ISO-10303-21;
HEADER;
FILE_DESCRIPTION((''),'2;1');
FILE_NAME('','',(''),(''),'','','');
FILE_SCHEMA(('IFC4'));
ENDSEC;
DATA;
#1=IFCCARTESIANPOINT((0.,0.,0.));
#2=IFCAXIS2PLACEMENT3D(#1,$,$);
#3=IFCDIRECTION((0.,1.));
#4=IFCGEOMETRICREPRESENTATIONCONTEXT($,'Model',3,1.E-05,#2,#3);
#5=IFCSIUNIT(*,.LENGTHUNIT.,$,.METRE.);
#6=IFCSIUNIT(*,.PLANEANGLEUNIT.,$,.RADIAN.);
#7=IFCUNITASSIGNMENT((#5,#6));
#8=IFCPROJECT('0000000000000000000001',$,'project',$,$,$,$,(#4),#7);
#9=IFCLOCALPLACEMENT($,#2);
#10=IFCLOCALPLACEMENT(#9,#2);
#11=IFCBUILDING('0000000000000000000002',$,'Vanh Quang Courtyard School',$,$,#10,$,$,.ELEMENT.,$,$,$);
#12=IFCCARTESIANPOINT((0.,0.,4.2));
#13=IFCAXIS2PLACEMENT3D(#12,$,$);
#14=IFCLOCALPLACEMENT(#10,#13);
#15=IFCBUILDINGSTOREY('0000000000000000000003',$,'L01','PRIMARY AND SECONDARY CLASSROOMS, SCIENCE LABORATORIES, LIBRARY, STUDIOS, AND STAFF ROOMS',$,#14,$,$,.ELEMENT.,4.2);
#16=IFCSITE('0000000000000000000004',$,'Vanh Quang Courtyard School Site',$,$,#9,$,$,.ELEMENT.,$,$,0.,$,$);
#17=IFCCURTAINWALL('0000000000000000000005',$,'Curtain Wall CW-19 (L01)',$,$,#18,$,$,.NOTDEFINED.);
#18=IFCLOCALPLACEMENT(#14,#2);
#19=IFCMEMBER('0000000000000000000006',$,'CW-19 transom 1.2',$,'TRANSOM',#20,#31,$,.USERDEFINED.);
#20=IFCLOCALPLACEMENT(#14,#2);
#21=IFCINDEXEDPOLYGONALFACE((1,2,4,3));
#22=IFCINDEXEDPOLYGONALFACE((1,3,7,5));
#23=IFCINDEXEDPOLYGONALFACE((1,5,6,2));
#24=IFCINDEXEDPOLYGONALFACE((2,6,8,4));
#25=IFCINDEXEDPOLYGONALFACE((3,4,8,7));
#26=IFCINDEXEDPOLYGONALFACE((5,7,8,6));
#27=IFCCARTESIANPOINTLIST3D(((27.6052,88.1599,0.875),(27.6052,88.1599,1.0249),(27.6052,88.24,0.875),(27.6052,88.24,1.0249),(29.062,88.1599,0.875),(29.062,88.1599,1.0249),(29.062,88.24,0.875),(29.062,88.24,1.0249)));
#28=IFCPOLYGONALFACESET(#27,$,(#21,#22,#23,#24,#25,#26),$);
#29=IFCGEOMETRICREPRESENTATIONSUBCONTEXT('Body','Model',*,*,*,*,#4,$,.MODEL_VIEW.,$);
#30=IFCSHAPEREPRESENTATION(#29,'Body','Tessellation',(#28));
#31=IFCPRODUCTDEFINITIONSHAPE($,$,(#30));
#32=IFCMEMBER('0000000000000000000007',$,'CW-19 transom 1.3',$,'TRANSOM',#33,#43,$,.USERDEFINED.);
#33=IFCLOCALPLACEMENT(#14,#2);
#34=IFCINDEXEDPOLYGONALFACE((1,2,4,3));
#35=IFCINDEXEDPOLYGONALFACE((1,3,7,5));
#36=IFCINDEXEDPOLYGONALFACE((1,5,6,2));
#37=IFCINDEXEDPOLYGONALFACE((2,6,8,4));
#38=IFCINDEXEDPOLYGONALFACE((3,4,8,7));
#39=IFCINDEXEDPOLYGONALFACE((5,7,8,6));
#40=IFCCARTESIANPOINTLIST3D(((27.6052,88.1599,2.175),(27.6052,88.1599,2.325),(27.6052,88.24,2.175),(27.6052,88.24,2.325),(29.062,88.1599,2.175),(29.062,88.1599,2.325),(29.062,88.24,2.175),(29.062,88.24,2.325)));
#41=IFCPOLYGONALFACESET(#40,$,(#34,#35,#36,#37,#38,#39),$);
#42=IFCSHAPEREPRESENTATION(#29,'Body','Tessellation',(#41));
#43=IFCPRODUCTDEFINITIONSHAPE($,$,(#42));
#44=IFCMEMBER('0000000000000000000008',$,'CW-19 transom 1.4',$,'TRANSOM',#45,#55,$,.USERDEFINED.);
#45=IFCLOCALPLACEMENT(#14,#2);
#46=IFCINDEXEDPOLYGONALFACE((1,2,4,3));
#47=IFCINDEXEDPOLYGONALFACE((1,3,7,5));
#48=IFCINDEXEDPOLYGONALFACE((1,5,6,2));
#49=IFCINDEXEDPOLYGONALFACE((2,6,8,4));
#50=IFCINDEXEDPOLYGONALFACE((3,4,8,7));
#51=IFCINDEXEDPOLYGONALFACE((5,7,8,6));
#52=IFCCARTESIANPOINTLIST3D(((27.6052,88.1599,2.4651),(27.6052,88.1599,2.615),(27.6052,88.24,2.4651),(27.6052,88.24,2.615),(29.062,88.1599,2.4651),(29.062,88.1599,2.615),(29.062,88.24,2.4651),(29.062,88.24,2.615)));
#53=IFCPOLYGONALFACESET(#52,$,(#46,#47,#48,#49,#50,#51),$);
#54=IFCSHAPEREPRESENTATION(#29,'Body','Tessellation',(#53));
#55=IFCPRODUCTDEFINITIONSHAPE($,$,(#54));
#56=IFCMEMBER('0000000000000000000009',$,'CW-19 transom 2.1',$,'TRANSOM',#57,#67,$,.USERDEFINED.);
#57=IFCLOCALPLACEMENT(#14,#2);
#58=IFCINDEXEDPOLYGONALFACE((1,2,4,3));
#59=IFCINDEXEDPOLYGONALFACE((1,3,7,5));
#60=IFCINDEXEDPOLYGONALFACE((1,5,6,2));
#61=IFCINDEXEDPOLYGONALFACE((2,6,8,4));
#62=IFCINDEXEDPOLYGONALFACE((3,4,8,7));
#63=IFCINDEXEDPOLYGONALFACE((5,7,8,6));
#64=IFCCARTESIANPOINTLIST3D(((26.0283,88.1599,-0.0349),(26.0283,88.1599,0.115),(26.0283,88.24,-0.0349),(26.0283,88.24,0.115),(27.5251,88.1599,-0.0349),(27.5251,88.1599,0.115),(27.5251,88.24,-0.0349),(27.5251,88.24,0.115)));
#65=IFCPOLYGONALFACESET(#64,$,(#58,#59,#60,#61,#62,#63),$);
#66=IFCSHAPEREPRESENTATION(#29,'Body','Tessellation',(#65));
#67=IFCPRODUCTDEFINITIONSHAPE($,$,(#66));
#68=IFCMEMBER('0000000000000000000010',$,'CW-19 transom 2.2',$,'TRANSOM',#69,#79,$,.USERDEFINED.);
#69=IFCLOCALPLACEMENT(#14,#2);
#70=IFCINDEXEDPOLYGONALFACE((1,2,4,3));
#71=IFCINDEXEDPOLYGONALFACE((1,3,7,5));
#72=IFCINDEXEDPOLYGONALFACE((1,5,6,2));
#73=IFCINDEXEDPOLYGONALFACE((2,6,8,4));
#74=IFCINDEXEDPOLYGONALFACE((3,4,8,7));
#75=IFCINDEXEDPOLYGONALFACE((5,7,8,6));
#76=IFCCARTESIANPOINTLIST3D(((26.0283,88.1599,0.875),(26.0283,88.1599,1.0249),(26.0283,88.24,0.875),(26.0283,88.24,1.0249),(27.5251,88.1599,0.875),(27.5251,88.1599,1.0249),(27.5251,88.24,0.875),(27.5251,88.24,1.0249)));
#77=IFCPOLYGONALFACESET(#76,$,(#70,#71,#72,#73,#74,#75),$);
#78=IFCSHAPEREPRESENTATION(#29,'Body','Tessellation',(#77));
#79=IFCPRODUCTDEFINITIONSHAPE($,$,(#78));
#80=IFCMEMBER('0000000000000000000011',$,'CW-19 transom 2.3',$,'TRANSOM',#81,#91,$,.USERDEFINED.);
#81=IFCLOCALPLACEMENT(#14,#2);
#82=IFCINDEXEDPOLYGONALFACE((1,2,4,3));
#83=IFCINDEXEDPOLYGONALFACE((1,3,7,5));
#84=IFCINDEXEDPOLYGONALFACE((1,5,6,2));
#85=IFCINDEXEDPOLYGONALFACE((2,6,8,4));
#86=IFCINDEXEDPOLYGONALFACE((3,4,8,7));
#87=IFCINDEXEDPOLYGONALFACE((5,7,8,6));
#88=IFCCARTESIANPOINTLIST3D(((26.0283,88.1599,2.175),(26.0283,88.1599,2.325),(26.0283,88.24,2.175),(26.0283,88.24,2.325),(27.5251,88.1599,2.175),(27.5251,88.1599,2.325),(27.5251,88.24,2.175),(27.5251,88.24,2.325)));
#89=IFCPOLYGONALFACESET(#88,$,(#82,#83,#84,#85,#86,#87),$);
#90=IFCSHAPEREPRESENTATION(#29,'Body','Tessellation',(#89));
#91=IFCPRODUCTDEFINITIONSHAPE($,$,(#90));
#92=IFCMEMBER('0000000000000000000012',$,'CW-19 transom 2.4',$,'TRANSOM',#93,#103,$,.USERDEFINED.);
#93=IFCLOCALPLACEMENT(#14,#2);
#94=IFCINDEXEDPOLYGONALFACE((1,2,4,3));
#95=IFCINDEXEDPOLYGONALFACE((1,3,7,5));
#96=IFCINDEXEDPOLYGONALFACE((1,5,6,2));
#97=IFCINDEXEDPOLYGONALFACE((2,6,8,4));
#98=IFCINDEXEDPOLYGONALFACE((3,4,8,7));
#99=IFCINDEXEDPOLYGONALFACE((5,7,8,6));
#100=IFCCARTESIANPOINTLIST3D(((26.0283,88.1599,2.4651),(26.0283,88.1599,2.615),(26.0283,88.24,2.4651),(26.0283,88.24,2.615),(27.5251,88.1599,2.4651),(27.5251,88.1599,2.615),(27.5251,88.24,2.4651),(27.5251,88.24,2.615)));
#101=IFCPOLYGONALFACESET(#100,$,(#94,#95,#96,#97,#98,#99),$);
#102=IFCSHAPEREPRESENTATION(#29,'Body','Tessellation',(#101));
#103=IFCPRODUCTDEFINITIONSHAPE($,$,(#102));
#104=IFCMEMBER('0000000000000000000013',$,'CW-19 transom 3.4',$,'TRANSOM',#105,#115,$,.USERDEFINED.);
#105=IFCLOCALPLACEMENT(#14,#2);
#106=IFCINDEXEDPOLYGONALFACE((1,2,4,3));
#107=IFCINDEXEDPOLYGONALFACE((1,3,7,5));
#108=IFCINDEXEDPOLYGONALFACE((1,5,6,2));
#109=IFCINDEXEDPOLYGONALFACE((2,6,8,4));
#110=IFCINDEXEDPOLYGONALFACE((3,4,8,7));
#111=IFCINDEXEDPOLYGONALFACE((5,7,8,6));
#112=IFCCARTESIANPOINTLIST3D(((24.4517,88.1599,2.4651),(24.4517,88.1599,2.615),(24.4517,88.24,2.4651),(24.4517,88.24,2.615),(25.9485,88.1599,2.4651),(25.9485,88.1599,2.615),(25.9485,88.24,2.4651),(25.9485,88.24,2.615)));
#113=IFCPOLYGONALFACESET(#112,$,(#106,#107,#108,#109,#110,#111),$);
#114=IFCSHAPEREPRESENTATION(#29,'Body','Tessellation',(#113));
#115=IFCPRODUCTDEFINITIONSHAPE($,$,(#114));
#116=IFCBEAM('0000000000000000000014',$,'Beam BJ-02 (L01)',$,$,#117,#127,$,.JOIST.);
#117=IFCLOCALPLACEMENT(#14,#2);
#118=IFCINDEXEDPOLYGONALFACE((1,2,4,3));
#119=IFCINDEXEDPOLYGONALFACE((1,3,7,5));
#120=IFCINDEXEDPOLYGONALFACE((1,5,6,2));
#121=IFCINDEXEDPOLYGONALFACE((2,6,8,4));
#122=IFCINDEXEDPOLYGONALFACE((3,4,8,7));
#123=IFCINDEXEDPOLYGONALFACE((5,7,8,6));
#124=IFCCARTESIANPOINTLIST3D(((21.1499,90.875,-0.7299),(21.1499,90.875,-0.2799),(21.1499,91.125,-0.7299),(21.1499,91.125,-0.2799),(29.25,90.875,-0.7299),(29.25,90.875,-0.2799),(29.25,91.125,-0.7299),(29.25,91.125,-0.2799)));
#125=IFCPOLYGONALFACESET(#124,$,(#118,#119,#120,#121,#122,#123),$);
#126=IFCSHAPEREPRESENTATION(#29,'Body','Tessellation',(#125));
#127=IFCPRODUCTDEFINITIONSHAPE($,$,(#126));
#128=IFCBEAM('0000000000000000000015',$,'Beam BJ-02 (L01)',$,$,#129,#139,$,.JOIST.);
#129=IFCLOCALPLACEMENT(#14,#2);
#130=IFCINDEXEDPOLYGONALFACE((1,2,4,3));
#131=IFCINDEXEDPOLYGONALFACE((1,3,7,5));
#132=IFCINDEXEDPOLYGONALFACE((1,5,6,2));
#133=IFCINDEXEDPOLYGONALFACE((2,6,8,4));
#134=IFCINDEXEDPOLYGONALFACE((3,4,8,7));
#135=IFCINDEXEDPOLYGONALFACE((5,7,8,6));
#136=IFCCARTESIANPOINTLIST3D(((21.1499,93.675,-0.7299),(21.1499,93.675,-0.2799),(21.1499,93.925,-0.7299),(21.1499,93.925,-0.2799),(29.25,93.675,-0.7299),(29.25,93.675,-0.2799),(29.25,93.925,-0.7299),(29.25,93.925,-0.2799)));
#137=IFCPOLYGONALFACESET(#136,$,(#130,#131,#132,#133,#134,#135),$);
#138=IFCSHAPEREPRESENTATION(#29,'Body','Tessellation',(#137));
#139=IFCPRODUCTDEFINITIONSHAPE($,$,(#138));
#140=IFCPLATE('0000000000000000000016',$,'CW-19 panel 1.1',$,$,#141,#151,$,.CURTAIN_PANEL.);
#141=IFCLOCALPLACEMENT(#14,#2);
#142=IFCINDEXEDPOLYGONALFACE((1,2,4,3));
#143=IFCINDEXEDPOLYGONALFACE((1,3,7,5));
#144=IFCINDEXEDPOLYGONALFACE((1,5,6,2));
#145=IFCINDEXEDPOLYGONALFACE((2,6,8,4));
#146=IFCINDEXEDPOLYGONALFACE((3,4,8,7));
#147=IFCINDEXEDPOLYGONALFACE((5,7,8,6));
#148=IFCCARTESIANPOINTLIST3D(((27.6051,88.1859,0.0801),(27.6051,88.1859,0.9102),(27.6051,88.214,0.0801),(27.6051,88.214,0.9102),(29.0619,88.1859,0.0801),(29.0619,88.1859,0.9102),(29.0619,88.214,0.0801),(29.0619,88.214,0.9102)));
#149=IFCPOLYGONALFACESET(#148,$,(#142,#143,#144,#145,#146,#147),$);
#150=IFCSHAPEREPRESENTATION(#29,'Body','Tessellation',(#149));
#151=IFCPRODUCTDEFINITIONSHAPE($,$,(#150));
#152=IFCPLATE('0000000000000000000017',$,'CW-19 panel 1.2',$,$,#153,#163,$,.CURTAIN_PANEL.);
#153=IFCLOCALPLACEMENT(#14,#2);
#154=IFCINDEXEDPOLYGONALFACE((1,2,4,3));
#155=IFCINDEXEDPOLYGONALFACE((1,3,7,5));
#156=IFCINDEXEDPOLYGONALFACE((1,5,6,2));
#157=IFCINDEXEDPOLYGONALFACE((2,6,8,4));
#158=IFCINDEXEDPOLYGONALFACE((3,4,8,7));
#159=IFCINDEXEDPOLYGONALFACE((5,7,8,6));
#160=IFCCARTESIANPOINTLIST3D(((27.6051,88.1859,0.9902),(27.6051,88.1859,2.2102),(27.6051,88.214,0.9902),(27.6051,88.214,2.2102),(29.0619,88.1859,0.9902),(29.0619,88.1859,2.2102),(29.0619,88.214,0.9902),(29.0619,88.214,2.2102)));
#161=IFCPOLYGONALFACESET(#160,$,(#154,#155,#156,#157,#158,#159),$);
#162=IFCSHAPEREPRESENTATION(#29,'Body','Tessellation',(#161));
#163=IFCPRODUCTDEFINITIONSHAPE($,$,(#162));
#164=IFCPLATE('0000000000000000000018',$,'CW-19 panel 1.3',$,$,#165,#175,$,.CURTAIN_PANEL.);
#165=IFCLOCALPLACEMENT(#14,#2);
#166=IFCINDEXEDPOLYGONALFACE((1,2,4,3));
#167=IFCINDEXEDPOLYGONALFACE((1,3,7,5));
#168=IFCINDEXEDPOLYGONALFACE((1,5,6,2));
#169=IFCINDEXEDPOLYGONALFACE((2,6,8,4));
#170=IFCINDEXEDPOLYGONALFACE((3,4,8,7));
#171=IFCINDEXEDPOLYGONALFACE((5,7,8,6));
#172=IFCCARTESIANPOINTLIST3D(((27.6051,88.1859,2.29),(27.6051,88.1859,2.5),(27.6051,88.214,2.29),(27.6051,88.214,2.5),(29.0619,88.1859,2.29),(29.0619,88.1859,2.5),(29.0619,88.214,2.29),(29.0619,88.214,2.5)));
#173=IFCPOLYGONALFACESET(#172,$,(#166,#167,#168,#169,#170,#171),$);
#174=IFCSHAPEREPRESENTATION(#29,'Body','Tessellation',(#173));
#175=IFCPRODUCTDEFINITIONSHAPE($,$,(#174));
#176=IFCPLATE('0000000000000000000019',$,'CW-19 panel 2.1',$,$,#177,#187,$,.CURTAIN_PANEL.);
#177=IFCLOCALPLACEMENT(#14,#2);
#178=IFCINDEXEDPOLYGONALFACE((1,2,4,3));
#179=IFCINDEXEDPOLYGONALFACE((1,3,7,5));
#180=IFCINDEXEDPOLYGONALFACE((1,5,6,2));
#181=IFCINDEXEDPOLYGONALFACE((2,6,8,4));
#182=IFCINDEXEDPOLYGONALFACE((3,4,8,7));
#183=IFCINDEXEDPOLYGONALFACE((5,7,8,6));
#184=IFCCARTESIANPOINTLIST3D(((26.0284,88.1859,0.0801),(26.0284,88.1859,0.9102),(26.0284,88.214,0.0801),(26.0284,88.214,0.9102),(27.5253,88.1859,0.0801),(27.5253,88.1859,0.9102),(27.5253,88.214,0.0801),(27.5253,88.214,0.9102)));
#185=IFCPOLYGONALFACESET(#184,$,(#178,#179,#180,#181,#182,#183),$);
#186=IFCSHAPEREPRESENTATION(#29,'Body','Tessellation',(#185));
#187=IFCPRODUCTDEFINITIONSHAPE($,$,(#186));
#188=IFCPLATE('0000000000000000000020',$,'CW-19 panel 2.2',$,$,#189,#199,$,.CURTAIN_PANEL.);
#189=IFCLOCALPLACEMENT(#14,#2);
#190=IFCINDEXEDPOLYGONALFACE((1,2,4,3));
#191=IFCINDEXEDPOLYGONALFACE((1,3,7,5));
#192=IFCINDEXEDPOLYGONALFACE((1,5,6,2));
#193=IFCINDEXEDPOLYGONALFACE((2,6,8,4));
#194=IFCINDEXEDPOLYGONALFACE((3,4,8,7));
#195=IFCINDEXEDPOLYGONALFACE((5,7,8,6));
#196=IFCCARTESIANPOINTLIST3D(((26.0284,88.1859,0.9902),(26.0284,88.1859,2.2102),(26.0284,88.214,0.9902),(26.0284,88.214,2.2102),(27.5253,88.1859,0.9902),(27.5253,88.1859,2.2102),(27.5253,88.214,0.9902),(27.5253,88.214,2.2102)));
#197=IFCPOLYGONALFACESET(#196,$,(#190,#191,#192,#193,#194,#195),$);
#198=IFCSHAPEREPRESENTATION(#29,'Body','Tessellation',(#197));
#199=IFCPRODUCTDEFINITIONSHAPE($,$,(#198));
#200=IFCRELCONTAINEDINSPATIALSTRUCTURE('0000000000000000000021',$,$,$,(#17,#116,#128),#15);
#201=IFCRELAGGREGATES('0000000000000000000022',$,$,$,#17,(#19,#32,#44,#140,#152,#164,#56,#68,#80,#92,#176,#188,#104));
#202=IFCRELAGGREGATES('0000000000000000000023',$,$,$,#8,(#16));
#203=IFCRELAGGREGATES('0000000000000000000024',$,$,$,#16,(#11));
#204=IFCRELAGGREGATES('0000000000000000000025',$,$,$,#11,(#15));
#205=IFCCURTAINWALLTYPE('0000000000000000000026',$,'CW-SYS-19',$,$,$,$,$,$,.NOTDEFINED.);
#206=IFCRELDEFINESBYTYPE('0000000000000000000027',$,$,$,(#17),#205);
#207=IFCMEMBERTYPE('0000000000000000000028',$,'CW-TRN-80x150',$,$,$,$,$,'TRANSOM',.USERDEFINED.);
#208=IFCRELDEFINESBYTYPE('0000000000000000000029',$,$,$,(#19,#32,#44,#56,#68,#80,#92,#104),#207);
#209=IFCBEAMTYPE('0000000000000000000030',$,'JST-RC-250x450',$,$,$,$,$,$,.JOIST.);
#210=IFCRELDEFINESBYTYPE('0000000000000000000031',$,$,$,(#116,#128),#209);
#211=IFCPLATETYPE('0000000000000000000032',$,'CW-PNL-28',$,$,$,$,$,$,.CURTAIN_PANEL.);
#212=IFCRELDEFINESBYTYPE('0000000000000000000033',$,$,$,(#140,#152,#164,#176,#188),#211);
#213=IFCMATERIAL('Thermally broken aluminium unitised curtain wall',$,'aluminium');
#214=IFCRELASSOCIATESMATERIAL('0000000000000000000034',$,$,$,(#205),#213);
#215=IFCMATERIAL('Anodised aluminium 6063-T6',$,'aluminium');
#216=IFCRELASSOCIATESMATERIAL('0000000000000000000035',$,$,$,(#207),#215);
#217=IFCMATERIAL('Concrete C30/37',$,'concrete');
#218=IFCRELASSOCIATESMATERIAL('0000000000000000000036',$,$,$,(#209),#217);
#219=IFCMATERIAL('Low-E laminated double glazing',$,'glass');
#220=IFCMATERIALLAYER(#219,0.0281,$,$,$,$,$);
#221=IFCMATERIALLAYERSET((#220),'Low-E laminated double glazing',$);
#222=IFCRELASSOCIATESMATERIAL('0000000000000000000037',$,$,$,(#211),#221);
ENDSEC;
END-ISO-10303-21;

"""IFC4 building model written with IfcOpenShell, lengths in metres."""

from ifc_helpers import new_model, si_unit, direction, frame, origin, origin_2d, place, context, subcontext, project, spatial, rectangle, extrude, material, layer, layer_set, material_profile, profile_set, type_object, element, aggregate, save


model = new_model("IFC4")

# Units and contexts
model_context = context("Model", 3, precision=1e-05, world=origin(), true_north=direction((0.0, 1.0)))
body_context = subcontext(model_context, "Body", "Model", "MODEL_VIEW")
ifc_project = project(units=[si_unit("LENGTHUNIT", "METRE"), si_unit("PLANEANGLEUNIT", "RADIAN")], contexts=[model_context])

# Site, building, storey
site_placement = place(None, origin())
site = spatial("IfcSite", under=ifc_project, at=site_placement, Name="Vanh Quang Courtyard School Site", CompositionType="ELEMENT", RefElevation=0.0)
building_placement = place(site_placement, origin())
building = spatial("IfcBuilding", under=site, at=building_placement, Name="Vanh Quang Courtyard School", CompositionType="ELEMENT")
storey_placement = place(building_placement, frame((0.0, 0.0, 4.2)))
storey = spatial("IfcBuildingStorey", under=building, at=storey_placement, Name="L01", Description="PRIMARY AND SECONDARY CLASSROOMS, SCIENCE LABORATORIES, LIBRARY, STUDIOS, AND STAFF ROOMS", CompositionType="ELEMENT", Elevation=4.2)

# Shared definitions
ifc_material_1 = material(Name="Thermally broken aluminium unitised curtain wall", Category="aluminium")
ifc_material_2 = material(Name="Anodised aluminium 6063-T6", Category="aluminium")

# Curtain wall
curtain_wall_type_1 = type_object("IfcCurtainWallType", Name="CW-SYS-19", PredefinedType="NOTDEFINED", material=ifc_material_1)
curtain_wall_1_placement = place(storey_placement, origin())
curtain_wall_1 = element("IfcCurtainWall", 1, at=curtain_wall_1_placement, inside=storey, type_object=curtain_wall_type_1, Name="Curtain Wall CW-19 (L01)", PredefinedType="NOTDEFINED")

# Members
ifc_material_profile_1 = material_profile(ifc_material_2, rectangle(XDim=0.0801, YDim=0.1499, at=origin_2d()), Name="ALU-TRN 80x150")
ifc_profile_set_1 = profile_set([ifc_material_profile_1], Name="Anodised aluminium 6063-T6")
member_type_1 = type_object("IfcMemberType", Name="CW-TRN-80x150", ElementType="TRANSOM", PredefinedType="USERDEFINED", material=ifc_profile_set_1)
member_1_placement = place(storey_placement, frame((29.062, 88.2, 0.95), z_axis=(-1.0, 0.0, 0.0), x_axis=(0.0, -1.0, 0.0)))
member_1 = element("IfcMember", 2, at=member_1_placement, type_object=member_type_1, Name="CW-19 transom 1.2", ObjectType="TRANSOM", PredefinedType="USERDEFINED", context=body_context, shape_type="SweptSolid", body=[
    extrude(rectangle(XDim=0.0801, YDim=0.1499, at=origin_2d()), origin(), (0.0, 0.0, 1.0), 1.4568),
])
member_2_placement = place(storey_placement, frame((29.062, 88.2, 2.25), z_axis=(-1.0, 0.0, 0.0), x_axis=(0.0, -1.0, 0.0)))
member_2 = element("IfcMember", 3, at=member_2_placement, type_object=member_type_1, Name="CW-19 transom 1.3", ObjectType="TRANSOM", PredefinedType="USERDEFINED", context=body_context, shape_type="SweptSolid", body=[
    extrude(rectangle(XDim=0.0801, YDim=0.1499, at=origin_2d()), origin(), (0.0, 0.0, 1.0), 1.4568),
])
member_3_placement = place(storey_placement, frame((29.062, 88.2, 2.54), z_axis=(-1.0, 0.0, 0.0), x_axis=(0.0, -1.0, 0.0)))
member_3 = element("IfcMember", 4, at=member_3_placement, type_object=member_type_1, Name="CW-19 transom 1.4", ObjectType="TRANSOM", PredefinedType="USERDEFINED", context=body_context, shape_type="SweptSolid", body=[
    extrude(rectangle(XDim=0.0801, YDim=0.1499, at=origin_2d()), origin(), (0.0, 0.0, 1.0), 1.4568),
])
member_4_placement = place(storey_placement, frame((27.5251, 88.2, 0.04), z_axis=(-1.0, 0.0, 0.0), x_axis=(0.0, -1.0, 0.0)))
member_4 = element("IfcMember", 5, at=member_4_placement, type_object=member_type_1, Name="CW-19 transom 2.1", ObjectType="TRANSOM", PredefinedType="USERDEFINED", context=body_context, shape_type="SweptSolid", body=[
    extrude(rectangle(XDim=0.0801, YDim=0.1499, at=origin_2d()), origin(), (0.0, 0.0, 1.0), 1.4968),
])
member_5_placement = place(storey_placement, frame((27.5251, 88.2, 0.95), z_axis=(-1.0, 0.0, 0.0), x_axis=(0.0, -1.0, 0.0)))
member_5 = element("IfcMember", 6, at=member_5_placement, type_object=member_type_1, Name="CW-19 transom 2.2", ObjectType="TRANSOM", PredefinedType="USERDEFINED", context=body_context, shape_type="SweptSolid", body=[
    extrude(rectangle(XDim=0.0801, YDim=0.1499, at=origin_2d()), origin(), (0.0, 0.0, 1.0), 1.4968),
])
member_6_placement = place(storey_placement, frame((27.5251, 88.2, 2.25), z_axis=(-1.0, 0.0, 0.0), x_axis=(0.0, -1.0, 0.0)))
member_6 = element("IfcMember", 7, at=member_6_placement, type_object=member_type_1, Name="CW-19 transom 2.3", ObjectType="TRANSOM", PredefinedType="USERDEFINED", context=body_context, shape_type="SweptSolid", body=[
    extrude(rectangle(XDim=0.0801, YDim=0.1499, at=origin_2d()), origin(), (0.0, 0.0, 1.0), 1.4968),
])
member_7_placement = place(storey_placement, frame((27.5251, 88.2, 2.54), z_axis=(-1.0, 0.0, 0.0), x_axis=(0.0, -1.0, 0.0)))
member_7 = element("IfcMember", 8, at=member_7_placement, type_object=member_type_1, Name="CW-19 transom 2.4", ObjectType="TRANSOM", PredefinedType="USERDEFINED", context=body_context, shape_type="SweptSolid", body=[
    extrude(rectangle(XDim=0.0801, YDim=0.1499, at=origin_2d()), origin(), (0.0, 0.0, 1.0), 1.4968),
])
member_8_placement = place(storey_placement, frame((25.9485, 88.2, 2.54), z_axis=(-1.0, 0.0, 0.0), x_axis=(0.0, -1.0, 0.0)))
member_8 = element("IfcMember", 9, at=member_8_placement, type_object=member_type_1, Name="CW-19 transom 3.4", ObjectType="TRANSOM", PredefinedType="USERDEFINED", context=body_context, shape_type="SweptSolid", body=[
    extrude(rectangle(XDim=0.0801, YDim=0.1499, at=origin_2d()), origin(), (0.0, 0.0, 1.0), 1.4968),
])

# Beams
ifc_material_3 = material(Name="Concrete C30/37", Category="concrete")
ifc_material_profile_2 = material_profile(ifc_material_3, rectangle(XDim=0.25, YDim=0.45, at=origin_2d()), Name="RC-JST 250x450")
ifc_profile_set_2 = profile_set([ifc_material_profile_2], Name="Concrete C30/37")
beam_type_1 = type_object("IfcBeamType", Name="JST-RC-250x450", PredefinedType="JOIST", material=ifc_profile_set_2)
for number, where, z_axis, x_axis, name in (
    (10, (21.1499, 91.0, -0.5049), (1.0, 0.0, 0.0), (0.0, 1.0, 0.0), "Beam BJ-02 (L01)"),
    (11, (21.1499, 93.8, -0.5049), (1.0, 0.0, 0.0), (0.0, 1.0, 0.0), "Beam BJ-02 (L01)"),
):
    element("IfcBeam", number, at=place(storey_placement, frame(where, z_axis=z_axis, x_axis=x_axis)), inside=storey, type_object=beam_type_1, Name=name, PredefinedType="JOIST", context=body_context, shape_type="SweptSolid", body=[
        extrude(rectangle(XDim=0.25, YDim=0.45, at=origin_2d()), origin(), (0.0, 0.0, 1.0), 8.1001),
    ])

# Plates
ifc_material_4 = material(Name="Low-E laminated double glazing", Category="glass")
ifc_layer_1 = layer(ifc_material_4, 0.0281)
ifc_layer_set_1 = layer_set([ifc_layer_1], Name="Low-E laminated double glazing")
plate_type = type_object("IfcPlateType", Name="CW-PNL-28", PredefinedType="CURTAIN_PANEL", material=ifc_layer_set_1)
plate_1_placement = place(storey_placement, frame((28.3335, 88.2, 0.0801), z_axis=(0.0, 0.0, 1.0), x_axis=(-1.0, 0.0, 0.0)))
plate_1 = element("IfcPlate", 12, at=plate_1_placement, type_object=plate_type, Name="CW-19 panel 1.1", PredefinedType="CURTAIN_PANEL", context=body_context, shape_type="SweptSolid", body=[
    extrude(rectangle(XDim=1.4568, YDim=0.0281, at=origin_2d()), origin(), (0.0, 0.0, 1.0), 0.8301),
])
plate_2_placement = place(storey_placement, frame((28.3335, 88.2, 0.9902), z_axis=(0.0, 0.0, 1.0), x_axis=(-1.0, 0.0, 0.0)))
plate_2 = element("IfcPlate", 13, at=plate_2_placement, type_object=plate_type, Name="CW-19 panel 1.2", PredefinedType="CURTAIN_PANEL", context=body_context, shape_type="SweptSolid", body=[
    extrude(rectangle(XDim=1.4568, YDim=0.0281, at=origin_2d()), origin(), (0.0, 0.0, 1.0), 1.22),
])
plate_3_placement = place(storey_placement, frame((28.3335, 88.2, 2.29), z_axis=(0.0, 0.0, 1.0), x_axis=(-1.0, 0.0, 0.0)))
plate_3 = element("IfcPlate", 14, at=plate_3_placement, type_object=plate_type, Name="CW-19 panel 1.3", PredefinedType="CURTAIN_PANEL", context=body_context, shape_type="SweptSolid", body=[
    extrude(rectangle(XDim=1.4568, YDim=0.0281, at=origin_2d()), origin(), (0.0, 0.0, 1.0), 0.21),
])
plate_4_placement = place(storey_placement, frame((26.7769, 88.2, 0.0801), z_axis=(0.0, 0.0, 1.0), x_axis=(-1.0, 0.0, 0.0)))
plate_4 = element("IfcPlate", 15, at=plate_4_placement, type_object=plate_type, Name="CW-19 panel 2.1", PredefinedType="CURTAIN_PANEL", context=body_context, shape_type="SweptSolid", body=[
    extrude(rectangle(XDim=1.4968, YDim=0.0281, at=origin_2d()), origin(), (0.0, 0.0, 1.0), 0.8301),
])
plate_5_placement = place(storey_placement, frame((26.7769, 88.2, 0.9902), z_axis=(0.0, 0.0, 1.0), x_axis=(-1.0, 0.0, 0.0)))
plate_5 = element("IfcPlate", 16, at=plate_5_placement, type_object=plate_type, Name="CW-19 panel 2.2", PredefinedType="CURTAIN_PANEL", context=body_context, shape_type="SweptSolid", body=[
    extrude(rectangle(XDim=1.4968, YDim=0.0281, at=origin_2d()), origin(), (0.0, 0.0, 1.0), 1.22),
])
aggregate(curtain_wall_1, [member_1, member_2, member_3, plate_1, plate_2, plate_3, member_4, member_5, member_6, member_7, plate_4, plate_5, member_8])

save(model, "model.ifc")
